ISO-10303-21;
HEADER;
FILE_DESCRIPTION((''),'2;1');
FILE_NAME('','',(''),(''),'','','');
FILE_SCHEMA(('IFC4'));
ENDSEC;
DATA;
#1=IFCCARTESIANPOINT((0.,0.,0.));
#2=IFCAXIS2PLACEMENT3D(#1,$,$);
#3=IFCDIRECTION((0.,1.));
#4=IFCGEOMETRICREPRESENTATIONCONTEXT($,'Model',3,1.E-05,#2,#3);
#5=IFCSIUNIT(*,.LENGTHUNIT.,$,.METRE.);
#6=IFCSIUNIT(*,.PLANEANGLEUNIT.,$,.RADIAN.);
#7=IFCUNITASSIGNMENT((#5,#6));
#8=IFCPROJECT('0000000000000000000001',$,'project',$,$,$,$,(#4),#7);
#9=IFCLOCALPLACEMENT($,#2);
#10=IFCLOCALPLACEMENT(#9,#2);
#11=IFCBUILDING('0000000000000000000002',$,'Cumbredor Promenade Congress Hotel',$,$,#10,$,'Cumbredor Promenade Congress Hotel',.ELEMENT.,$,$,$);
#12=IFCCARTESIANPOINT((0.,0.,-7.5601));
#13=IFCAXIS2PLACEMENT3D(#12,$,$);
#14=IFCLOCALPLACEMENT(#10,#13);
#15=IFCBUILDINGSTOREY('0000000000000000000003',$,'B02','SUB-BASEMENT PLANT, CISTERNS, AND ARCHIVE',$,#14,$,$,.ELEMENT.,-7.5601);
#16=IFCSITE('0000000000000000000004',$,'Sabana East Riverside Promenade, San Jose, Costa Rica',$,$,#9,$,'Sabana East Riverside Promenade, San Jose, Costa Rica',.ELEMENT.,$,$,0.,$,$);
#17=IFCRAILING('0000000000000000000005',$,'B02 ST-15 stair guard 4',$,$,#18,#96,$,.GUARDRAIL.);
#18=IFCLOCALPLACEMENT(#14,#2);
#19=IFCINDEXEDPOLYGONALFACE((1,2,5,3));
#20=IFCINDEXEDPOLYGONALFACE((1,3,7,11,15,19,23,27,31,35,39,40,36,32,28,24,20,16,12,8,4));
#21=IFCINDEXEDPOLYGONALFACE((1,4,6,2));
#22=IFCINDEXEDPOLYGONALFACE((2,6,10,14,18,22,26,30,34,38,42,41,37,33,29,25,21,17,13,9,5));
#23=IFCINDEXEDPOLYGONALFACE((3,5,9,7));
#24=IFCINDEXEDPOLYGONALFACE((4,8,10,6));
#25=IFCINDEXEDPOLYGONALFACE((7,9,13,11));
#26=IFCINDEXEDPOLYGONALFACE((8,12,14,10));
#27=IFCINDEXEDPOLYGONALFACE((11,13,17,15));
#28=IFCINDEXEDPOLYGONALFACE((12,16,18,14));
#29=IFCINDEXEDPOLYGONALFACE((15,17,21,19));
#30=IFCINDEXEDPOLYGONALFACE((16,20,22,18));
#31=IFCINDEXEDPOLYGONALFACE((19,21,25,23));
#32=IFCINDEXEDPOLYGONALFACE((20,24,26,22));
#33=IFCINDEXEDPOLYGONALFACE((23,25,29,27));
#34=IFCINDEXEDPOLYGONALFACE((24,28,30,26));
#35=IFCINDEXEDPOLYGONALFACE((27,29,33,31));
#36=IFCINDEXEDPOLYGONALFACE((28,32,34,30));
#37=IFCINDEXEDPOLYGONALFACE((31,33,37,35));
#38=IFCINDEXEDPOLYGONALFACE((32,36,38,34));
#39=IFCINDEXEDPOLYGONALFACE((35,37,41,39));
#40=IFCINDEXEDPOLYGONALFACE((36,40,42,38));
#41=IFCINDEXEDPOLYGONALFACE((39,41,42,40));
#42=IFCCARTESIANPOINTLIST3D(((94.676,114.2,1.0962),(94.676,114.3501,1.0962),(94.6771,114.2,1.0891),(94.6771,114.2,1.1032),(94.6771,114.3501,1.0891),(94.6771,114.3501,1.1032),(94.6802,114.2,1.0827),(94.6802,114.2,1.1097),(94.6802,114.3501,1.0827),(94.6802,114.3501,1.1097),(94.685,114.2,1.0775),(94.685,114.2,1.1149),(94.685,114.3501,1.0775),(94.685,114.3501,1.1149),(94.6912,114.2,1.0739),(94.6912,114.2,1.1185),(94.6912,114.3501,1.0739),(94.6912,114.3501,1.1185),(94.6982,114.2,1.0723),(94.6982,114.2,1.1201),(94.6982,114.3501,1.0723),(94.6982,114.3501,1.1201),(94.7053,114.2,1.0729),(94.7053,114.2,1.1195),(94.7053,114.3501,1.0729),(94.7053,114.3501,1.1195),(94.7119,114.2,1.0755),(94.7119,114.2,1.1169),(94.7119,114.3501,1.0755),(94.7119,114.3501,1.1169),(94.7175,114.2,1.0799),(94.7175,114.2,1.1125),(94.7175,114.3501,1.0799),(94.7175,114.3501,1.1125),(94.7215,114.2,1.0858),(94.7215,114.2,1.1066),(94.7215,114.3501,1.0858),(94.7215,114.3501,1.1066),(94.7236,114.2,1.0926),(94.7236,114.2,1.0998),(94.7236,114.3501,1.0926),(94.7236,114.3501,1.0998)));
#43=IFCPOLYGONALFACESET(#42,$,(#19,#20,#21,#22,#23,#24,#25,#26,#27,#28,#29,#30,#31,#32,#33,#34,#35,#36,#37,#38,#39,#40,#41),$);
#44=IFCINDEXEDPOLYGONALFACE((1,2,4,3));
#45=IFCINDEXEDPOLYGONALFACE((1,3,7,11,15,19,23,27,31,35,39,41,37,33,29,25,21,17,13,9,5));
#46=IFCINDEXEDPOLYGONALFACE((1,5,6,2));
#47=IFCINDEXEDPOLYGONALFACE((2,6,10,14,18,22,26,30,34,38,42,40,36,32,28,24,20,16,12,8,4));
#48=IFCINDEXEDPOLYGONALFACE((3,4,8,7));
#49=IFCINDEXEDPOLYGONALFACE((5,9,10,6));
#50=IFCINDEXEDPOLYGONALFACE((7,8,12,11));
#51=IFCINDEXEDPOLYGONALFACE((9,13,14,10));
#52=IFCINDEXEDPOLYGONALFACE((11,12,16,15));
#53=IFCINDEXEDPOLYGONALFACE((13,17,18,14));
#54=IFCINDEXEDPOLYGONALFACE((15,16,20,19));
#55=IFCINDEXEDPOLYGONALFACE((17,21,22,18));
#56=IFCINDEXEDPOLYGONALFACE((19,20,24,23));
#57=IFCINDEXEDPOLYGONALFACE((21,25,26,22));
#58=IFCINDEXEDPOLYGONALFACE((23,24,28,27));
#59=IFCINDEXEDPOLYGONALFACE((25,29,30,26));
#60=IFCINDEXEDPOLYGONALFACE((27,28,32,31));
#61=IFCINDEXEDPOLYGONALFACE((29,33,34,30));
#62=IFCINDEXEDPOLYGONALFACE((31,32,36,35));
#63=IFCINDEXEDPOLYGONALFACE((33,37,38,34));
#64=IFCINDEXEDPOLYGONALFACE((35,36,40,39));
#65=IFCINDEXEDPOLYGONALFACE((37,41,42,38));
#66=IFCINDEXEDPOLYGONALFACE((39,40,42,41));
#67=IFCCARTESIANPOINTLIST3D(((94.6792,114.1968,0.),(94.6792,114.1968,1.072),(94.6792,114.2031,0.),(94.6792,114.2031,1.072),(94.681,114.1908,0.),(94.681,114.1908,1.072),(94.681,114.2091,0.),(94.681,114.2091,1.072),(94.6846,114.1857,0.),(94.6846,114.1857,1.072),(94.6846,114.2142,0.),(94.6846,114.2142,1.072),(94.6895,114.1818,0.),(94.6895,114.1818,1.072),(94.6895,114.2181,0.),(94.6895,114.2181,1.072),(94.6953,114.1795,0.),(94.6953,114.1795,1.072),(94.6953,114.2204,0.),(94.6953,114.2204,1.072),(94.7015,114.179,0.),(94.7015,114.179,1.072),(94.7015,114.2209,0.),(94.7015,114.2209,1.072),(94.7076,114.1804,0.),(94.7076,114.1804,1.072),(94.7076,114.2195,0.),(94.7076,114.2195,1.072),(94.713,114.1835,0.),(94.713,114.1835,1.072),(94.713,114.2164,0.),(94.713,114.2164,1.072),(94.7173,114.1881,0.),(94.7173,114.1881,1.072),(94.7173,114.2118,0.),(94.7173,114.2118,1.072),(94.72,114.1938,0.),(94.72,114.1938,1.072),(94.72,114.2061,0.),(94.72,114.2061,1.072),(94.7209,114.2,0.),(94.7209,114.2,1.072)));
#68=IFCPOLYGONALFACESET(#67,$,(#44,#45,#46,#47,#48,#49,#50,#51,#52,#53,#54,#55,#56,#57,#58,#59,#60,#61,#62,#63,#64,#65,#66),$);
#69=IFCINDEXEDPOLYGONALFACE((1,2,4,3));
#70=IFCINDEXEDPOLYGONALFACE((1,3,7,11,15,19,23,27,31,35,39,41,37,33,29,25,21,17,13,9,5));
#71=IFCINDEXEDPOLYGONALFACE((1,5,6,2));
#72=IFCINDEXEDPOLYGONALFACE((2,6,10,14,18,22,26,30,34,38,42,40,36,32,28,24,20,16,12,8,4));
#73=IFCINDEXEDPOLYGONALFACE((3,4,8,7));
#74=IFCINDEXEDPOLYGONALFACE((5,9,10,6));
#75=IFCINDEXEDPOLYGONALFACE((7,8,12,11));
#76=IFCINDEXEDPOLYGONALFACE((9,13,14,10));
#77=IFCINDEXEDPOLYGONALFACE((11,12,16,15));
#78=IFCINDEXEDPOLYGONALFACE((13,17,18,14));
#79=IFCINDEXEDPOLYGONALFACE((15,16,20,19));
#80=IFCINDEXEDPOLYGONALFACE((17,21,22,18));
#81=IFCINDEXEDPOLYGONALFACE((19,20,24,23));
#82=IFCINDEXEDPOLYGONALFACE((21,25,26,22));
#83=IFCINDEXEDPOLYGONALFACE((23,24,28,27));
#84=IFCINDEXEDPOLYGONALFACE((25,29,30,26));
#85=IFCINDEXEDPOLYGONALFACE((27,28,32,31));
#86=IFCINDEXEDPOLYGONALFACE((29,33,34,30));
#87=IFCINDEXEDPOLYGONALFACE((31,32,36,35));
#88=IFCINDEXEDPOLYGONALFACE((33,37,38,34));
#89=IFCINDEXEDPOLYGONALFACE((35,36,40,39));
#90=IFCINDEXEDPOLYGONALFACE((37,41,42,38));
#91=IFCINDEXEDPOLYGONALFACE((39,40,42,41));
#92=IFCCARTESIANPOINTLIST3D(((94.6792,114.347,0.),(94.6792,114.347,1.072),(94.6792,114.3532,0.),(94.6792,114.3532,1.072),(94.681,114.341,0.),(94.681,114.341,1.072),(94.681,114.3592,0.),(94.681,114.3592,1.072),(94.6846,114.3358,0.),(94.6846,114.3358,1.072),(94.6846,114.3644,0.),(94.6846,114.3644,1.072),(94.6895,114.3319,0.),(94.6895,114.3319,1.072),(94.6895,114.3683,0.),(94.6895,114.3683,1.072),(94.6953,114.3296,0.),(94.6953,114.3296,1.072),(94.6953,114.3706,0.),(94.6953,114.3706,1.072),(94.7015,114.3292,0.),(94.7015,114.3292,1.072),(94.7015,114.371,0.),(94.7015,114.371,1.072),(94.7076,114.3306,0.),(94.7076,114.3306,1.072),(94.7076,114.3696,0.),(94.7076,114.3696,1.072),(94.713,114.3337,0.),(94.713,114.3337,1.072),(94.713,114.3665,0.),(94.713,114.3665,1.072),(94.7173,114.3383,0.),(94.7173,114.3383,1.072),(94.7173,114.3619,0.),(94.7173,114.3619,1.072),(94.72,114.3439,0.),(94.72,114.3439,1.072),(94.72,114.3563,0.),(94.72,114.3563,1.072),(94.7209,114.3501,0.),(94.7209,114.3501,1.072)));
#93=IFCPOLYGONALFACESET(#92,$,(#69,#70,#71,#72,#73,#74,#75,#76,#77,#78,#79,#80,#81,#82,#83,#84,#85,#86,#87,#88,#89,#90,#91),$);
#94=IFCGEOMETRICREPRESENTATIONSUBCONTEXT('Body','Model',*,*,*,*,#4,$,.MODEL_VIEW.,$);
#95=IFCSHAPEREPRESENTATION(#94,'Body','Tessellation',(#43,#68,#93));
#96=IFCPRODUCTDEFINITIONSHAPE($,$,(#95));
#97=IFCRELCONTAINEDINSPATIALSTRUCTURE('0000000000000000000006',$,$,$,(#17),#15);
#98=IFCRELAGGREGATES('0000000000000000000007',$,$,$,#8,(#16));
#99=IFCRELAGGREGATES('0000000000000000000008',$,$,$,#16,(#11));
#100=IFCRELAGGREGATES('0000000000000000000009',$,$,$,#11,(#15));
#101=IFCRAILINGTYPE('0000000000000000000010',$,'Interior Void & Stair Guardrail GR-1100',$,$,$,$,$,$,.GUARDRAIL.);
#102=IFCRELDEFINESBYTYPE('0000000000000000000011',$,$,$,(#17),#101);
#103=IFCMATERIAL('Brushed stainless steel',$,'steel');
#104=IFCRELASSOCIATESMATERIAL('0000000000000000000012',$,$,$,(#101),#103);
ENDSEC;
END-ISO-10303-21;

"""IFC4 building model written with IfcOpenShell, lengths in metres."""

from ifc_helpers import new_model, si_unit, direction, frame, origin, origin_2d, place, context, subcontext, project, spatial, circle, extrude, material, type_object, element, save


model = new_model("IFC4")

# Units and contexts
model_context = context("Model", 3, precision=1e-05, world=origin(), true_north=direction((0.0, 1.0)))
body_context = subcontext(model_context, "Body", "Model", "MODEL_VIEW")
ifc_project = project(units=[si_unit("LENGTHUNIT", "METRE"), si_unit("PLANEANGLEUNIT", "RADIAN")], contexts=[model_context])

# Site, building, storey
site_placement = place(None, origin())
site = spatial("IfcSite", under=ifc_project, at=site_placement, Name="Sabana East Riverside Promenade, San Jose, Costa Rica", LongName="Sabana East Riverside Promenade, San Jose, Costa Rica", CompositionType="ELEMENT", RefElevation=0.0)
building_placement = place(site_placement, origin())
building = spatial("IfcBuilding", under=site, at=building_placement, Name="Cumbredor Promenade Congress Hotel", LongName="Cumbredor Promenade Congress Hotel", CompositionType="ELEMENT")
storey_placement = place(building_placement, frame((0.0, 0.0, -7.5601)))
storey = spatial("IfcBuildingStorey", under=building, at=storey_placement, Name="B02", Description="SUB-BASEMENT PLANT, CISTERNS, AND ARCHIVE", CompositionType="ELEMENT", Elevation=-7.5601)

# Railing
ifc_material_1 = material(Name="Brushed stainless steel", Category="steel")
railing_type_1 = type_object("IfcRailingType", Name="Interior Void & Stair Guardrail GR-1100", PredefinedType="GUARDRAIL", material=ifc_material_1)
railing_1_placement = place(storey_placement, frame((94.7, 114.2, 0.0)))
element("IfcRailing", 1, at=railing_1_placement, inside=storey, type_object=railing_type_1, Name="B02 ST-15 stair guard 4", PredefinedType="GUARDRAIL", context=body_context, shape_type="SweptSolid", body=[
    extrude(circle(Radius=0.0239, at=origin_2d()), frame((0.0, 0.0, 1.0962), z_axis=(0.0, 1.0, 0.0), x_axis=(-1.0, 0.0, 0.0)), (0.0, 0.0, 1.0), 0.1501),
    extrude(circle(Radius=0.021, at=origin_2d()), origin(), (0.0, 0.0, 1.0), 1.072),
    extrude(circle(Radius=0.021, at=origin_2d()), frame((0.0, 0.1501, 0.0)), (0.0, 0.0, 1.0), 1.072),
])

save(model, "model.ifc")
